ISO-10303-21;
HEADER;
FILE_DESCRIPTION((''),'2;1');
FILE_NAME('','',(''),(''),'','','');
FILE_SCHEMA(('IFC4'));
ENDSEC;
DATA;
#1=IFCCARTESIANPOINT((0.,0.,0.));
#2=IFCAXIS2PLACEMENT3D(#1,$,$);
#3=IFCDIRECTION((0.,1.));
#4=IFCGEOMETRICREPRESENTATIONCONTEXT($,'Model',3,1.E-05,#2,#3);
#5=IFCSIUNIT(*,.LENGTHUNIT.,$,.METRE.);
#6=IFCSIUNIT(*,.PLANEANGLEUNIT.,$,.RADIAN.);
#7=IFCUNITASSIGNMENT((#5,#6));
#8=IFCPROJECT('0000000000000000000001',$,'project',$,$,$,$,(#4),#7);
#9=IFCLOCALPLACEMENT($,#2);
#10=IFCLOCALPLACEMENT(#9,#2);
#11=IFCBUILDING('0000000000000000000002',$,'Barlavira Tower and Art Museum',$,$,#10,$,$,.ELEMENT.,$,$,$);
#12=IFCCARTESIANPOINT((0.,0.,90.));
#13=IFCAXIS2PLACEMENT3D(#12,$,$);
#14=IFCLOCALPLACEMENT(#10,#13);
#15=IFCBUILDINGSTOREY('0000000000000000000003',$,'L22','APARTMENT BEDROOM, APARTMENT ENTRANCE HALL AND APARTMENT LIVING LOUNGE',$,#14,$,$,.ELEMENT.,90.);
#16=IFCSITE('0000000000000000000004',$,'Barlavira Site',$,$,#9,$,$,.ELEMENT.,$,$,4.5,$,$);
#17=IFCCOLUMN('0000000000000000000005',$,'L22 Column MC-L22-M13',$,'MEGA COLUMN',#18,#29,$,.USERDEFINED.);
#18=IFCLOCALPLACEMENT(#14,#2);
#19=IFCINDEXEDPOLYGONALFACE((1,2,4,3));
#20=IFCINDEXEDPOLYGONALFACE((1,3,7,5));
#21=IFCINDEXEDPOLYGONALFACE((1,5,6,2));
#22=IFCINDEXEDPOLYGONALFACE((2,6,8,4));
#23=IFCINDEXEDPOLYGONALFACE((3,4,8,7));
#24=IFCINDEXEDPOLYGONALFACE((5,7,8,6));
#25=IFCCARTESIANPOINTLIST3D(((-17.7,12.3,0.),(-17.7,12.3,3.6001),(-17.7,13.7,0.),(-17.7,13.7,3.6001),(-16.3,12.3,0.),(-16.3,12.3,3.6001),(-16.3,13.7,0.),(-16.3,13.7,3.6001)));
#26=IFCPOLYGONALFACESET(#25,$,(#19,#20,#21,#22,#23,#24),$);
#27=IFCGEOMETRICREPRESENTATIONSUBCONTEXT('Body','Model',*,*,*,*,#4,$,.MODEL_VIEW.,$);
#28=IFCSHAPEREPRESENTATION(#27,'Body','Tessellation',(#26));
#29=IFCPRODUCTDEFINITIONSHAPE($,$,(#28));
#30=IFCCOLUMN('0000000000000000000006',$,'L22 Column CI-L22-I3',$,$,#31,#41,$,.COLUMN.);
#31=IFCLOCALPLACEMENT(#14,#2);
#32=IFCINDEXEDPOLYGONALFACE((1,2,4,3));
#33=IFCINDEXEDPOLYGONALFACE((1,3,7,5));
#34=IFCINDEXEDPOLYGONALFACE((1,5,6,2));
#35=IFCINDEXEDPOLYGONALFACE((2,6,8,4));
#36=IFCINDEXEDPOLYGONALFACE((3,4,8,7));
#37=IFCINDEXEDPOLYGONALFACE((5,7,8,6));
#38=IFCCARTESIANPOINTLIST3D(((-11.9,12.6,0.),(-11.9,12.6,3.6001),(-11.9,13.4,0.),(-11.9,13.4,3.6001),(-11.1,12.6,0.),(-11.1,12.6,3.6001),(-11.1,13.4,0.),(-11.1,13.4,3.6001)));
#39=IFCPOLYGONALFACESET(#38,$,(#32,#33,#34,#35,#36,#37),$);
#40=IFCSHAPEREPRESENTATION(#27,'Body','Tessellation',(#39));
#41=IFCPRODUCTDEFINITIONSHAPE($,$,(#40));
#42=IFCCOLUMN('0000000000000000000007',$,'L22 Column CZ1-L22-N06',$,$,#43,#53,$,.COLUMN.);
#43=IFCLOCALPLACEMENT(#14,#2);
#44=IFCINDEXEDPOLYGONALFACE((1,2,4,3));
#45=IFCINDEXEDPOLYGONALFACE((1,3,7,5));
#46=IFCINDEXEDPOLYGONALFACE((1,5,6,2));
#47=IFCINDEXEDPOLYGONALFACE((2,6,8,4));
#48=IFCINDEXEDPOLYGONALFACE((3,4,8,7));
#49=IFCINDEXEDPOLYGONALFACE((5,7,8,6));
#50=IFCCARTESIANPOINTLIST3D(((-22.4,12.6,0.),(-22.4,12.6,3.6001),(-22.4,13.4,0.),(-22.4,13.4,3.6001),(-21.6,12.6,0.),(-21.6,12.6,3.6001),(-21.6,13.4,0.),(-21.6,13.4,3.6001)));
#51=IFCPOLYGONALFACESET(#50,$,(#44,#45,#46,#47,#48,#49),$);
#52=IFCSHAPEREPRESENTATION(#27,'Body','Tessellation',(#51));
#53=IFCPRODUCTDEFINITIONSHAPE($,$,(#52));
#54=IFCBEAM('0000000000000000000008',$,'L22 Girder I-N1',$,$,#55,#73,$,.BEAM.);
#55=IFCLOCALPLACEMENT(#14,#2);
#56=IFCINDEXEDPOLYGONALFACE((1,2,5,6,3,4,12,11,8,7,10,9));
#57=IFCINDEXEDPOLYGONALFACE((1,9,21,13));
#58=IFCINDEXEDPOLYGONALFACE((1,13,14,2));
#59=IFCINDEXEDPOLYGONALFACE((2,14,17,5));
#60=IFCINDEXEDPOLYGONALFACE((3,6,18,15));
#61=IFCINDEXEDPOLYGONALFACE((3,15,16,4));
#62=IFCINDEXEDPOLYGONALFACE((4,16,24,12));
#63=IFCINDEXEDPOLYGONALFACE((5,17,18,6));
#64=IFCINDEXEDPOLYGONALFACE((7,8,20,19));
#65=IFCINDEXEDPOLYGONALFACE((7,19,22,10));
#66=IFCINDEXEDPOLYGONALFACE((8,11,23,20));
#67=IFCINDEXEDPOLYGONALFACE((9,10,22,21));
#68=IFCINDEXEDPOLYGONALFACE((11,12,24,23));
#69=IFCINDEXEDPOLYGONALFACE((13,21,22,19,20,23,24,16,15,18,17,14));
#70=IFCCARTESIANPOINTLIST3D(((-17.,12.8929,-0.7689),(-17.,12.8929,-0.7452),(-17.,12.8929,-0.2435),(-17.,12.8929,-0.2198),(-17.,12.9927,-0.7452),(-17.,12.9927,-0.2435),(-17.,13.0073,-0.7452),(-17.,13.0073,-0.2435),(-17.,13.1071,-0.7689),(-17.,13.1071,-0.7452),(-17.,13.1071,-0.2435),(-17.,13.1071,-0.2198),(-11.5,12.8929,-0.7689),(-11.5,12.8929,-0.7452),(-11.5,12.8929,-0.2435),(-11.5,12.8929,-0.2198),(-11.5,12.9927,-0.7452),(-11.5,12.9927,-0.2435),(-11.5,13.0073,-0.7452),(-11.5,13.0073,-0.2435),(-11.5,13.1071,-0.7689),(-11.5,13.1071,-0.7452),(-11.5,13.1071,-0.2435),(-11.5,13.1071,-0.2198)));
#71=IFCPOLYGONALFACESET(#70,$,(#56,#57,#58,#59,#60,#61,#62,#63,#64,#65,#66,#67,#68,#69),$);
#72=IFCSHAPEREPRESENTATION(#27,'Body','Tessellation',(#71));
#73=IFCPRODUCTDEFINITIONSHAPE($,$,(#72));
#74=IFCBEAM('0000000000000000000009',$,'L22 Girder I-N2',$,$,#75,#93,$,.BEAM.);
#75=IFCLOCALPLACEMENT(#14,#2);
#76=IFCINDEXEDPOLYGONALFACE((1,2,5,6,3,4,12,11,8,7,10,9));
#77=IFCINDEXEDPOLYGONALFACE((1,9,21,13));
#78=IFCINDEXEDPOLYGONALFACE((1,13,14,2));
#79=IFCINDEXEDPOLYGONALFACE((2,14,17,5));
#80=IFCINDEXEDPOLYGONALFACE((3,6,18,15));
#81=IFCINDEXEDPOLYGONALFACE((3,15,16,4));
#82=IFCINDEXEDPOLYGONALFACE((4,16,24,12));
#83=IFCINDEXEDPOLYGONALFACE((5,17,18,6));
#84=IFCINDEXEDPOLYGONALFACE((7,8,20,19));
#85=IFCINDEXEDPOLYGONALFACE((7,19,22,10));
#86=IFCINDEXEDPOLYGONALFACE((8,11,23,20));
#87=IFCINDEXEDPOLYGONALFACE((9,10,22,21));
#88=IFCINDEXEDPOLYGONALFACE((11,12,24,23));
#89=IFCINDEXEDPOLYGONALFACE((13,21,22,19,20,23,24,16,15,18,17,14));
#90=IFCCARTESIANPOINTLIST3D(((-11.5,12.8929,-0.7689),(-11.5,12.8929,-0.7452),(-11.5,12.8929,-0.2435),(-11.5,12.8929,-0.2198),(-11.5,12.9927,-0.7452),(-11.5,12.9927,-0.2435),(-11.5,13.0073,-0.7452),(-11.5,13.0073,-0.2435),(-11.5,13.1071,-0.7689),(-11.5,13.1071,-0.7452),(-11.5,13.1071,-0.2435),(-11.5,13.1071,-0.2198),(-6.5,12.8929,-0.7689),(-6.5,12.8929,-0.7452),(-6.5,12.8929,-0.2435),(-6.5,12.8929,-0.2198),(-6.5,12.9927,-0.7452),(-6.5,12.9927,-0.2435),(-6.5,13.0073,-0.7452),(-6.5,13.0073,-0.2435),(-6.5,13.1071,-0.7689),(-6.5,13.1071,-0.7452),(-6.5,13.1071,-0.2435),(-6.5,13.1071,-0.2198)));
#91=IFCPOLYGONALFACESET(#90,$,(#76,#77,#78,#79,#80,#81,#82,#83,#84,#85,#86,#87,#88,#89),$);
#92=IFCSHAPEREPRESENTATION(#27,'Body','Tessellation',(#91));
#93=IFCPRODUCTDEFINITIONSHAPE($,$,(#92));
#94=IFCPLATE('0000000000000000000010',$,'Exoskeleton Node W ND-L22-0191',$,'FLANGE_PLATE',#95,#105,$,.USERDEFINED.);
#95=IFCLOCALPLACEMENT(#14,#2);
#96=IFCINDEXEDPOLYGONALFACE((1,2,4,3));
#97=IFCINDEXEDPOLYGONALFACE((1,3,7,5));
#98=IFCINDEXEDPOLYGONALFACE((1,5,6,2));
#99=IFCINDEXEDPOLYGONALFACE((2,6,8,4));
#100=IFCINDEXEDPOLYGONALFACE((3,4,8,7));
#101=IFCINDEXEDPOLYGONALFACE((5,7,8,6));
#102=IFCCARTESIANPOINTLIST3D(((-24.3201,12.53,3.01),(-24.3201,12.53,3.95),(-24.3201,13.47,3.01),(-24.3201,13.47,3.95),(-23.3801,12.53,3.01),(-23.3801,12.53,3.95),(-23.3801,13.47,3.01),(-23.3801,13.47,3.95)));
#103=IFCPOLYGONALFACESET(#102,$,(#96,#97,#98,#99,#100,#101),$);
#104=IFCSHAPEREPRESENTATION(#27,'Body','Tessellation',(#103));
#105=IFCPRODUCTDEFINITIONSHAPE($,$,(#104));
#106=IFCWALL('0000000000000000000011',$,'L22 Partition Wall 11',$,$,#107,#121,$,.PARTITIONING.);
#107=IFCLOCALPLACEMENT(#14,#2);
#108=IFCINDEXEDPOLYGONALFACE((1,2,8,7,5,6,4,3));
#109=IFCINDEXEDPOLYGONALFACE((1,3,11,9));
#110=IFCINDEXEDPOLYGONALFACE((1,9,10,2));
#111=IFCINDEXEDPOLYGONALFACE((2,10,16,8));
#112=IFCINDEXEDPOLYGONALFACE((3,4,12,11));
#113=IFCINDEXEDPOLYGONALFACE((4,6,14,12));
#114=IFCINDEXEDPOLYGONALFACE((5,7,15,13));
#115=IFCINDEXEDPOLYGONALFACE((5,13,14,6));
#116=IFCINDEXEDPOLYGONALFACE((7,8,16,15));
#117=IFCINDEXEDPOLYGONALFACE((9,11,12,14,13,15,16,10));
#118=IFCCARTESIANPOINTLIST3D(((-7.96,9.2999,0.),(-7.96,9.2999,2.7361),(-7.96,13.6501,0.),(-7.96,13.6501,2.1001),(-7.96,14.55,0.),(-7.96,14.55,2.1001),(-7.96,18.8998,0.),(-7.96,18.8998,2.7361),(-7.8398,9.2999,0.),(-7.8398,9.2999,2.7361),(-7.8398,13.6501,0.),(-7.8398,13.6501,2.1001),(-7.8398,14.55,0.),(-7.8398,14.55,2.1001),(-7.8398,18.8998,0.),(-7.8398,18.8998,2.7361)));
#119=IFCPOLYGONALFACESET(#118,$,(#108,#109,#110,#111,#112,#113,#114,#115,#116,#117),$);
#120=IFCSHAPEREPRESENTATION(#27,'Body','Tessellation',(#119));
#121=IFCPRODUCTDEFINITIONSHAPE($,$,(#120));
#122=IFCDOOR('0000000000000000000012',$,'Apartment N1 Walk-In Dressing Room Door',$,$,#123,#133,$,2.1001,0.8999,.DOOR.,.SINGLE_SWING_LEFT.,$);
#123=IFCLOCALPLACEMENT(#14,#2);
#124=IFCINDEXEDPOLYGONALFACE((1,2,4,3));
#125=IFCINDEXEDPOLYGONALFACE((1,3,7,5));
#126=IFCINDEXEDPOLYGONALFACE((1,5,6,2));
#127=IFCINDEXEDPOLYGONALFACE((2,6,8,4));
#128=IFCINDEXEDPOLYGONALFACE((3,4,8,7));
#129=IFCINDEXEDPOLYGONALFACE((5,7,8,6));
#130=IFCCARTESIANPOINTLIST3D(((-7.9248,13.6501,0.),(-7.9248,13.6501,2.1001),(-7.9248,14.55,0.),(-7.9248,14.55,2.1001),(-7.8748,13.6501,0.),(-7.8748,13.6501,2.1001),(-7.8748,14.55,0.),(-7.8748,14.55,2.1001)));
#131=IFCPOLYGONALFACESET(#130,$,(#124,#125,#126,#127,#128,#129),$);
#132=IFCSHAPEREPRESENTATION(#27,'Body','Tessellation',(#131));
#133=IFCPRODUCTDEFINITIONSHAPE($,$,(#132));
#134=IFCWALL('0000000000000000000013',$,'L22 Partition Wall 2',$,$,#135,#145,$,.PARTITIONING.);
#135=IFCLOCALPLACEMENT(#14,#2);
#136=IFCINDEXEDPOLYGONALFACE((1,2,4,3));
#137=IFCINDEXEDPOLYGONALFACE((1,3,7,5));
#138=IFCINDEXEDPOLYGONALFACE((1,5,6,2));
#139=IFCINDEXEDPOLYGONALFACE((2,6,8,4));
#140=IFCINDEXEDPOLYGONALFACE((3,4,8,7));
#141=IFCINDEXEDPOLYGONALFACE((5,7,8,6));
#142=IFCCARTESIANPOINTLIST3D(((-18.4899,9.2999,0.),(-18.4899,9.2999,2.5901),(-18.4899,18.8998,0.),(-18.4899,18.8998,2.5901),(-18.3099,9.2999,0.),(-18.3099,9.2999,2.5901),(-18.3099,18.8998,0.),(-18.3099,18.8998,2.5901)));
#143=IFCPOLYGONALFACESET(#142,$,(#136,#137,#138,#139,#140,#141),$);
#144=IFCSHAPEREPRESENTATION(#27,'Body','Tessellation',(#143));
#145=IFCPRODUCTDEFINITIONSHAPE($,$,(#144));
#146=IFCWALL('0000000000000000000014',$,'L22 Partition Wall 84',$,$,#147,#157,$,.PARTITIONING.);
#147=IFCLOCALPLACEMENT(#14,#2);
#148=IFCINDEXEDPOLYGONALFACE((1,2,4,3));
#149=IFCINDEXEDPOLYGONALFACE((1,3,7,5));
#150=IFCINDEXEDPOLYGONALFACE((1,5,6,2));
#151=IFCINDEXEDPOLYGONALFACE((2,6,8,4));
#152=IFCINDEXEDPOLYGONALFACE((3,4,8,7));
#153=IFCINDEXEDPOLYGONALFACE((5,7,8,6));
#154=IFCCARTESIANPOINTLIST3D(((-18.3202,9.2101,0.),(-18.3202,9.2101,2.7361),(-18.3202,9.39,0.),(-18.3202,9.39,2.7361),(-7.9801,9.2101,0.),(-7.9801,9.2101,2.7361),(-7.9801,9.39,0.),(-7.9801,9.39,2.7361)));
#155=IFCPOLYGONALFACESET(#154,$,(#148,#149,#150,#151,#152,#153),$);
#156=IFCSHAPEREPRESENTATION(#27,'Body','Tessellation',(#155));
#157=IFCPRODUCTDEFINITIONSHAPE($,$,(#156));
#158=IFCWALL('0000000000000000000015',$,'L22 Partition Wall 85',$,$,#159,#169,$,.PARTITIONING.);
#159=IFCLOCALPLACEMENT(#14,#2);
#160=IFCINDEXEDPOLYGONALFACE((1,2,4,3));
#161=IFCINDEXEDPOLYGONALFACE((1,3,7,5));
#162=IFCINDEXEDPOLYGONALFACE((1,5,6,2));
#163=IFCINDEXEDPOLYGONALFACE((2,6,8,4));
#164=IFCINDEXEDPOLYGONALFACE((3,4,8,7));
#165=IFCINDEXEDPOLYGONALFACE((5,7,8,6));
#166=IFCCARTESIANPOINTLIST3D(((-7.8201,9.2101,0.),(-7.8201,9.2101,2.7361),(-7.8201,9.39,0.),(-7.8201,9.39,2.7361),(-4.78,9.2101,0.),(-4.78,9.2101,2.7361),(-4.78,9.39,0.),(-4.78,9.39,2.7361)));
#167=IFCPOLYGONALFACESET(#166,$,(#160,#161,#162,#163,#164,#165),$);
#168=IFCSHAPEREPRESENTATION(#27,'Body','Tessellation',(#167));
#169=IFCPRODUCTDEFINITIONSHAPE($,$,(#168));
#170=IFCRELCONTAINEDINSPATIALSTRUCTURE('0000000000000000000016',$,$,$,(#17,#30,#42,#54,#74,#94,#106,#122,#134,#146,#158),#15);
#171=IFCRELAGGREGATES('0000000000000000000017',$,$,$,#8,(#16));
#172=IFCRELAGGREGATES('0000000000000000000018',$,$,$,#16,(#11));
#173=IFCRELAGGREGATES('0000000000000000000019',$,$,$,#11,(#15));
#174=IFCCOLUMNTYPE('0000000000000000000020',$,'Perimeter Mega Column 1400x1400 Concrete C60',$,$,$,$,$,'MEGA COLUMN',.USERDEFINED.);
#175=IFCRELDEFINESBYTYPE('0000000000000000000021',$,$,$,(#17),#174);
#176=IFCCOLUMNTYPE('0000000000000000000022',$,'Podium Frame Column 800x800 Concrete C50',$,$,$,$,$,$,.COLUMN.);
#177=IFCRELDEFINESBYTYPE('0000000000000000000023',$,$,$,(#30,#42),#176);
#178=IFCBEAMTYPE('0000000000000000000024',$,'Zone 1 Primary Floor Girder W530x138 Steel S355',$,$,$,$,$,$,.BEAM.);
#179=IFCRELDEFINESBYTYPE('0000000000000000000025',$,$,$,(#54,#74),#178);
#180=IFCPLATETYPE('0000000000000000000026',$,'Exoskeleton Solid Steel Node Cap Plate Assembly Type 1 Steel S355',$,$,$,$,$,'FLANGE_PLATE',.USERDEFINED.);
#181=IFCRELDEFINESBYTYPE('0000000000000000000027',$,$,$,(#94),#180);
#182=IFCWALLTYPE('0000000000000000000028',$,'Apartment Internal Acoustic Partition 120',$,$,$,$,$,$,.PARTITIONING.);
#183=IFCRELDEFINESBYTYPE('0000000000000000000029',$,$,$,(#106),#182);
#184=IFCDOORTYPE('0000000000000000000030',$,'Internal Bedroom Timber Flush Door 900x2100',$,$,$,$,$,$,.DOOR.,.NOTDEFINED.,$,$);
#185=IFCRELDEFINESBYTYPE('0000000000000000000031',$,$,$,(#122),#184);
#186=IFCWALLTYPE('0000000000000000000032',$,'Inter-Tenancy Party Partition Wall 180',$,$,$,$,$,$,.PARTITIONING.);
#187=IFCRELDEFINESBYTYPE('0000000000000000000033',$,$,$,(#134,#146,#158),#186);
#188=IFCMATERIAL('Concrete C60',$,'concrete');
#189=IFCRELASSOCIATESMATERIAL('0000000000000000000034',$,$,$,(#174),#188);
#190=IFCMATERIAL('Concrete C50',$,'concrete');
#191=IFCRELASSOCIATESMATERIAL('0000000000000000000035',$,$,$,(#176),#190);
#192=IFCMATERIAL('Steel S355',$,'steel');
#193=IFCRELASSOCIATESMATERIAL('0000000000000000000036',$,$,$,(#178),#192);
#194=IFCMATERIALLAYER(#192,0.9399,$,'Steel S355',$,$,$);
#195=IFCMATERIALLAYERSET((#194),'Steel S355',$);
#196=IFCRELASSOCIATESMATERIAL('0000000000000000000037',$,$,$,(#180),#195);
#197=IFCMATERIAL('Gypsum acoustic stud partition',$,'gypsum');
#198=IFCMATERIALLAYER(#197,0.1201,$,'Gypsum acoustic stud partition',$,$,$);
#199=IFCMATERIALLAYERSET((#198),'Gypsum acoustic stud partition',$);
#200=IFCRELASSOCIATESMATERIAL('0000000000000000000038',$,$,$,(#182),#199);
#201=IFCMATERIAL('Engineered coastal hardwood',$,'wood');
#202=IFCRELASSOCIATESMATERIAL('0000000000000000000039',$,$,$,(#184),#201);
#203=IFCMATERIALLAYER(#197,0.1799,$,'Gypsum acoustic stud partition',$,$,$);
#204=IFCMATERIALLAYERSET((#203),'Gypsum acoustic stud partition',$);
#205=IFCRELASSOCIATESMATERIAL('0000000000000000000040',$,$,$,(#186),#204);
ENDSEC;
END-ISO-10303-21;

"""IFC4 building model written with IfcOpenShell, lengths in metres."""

from ifc_helpers import new_model, si_unit, direction, frame, frame_2d, origin, origin_2d, place, context, subcontext, project, spatial, rectangle, i_section, extrude, material, layer, layer_set, material_profile, profile_set, type_object, element, fill, save


model = new_model("IFC4")

# Units and contexts
model_context = context("Model", 3, precision=1e-05, world=origin(), true_north=direction((0.0, 1.0)))
body_context = subcontext(model_context, "Body", "Model", "MODEL_VIEW")
ifc_project = project(units=[si_unit("LENGTHUNIT", "METRE"), si_unit("PLANEANGLEUNIT", "RADIAN")], contexts=[model_context])

# Site, building, storey
site_placement = place(None, origin())
site = spatial("IfcSite", under=ifc_project, at=site_placement, Name="Barlavira Site", CompositionType="ELEMENT", RefElevation=4.5)
building_placement = place(site_placement, origin())
building = spatial("IfcBuilding", under=site, at=building_placement, Name="Barlavira Tower and Art Museum", CompositionType="ELEMENT")
storey_placement = place(building_placement, frame((0.0, 0.0, 90.0)))
storey = spatial("IfcBuildingStorey", under=building, at=storey_placement, Name="L22", Description="APARTMENT BEDROOM, APARTMENT ENTRANCE HALL AND APARTMENT LIVING LOUNGE", CompositionType="ELEMENT", Elevation=90.0)

# Columns
ifc_material_1 = material(Name="Concrete C60", Category="concrete")
ifc_material_profile_1 = material_profile(ifc_material_1, rectangle(XDim=1.3999, YDim=1.3999, at=origin_2d()), Name="RC-MCOL 1400x1400")
ifc_profile_set_1 = profile_set([ifc_material_profile_1], Name="Concrete C60")
column_type_1 = type_object("IfcColumnType", Name="Perimeter Mega Column 1400x1400 Concrete C60", ElementType="MEGA COLUMN", PredefinedType="USERDEFINED", material=ifc_profile_set_1)
column_placement = place(storey_placement, frame((-17.0, 13.0, 0.0), z_axis=(0.0, 0.0, 1.0), x_axis=(1.0, 0.0, 0.0)))
element("IfcColumn", 1, at=column_placement, inside=storey, type_object=column_type_1, Name="L22 Column MC-L22-M13", ObjectType="MEGA COLUMN", PredefinedType="USERDEFINED", context=body_context, shape_type="SweptSolid", body=[
    extrude(rectangle(XDim=1.3999, YDim=1.3999, at=origin_2d()), origin(), (0.0, 0.0, 1.0), 3.6001),
])
ifc_material_2 = material(Name="Concrete C50", Category="concrete")
ifc_material_profile_2 = material_profile(ifc_material_2, rectangle(XDim=0.8, YDim=0.8, at=origin_2d()), Name="RC-COL 800x800")
ifc_profile_set_2 = profile_set([ifc_material_profile_2], Name="Concrete C50")
column_type_2 = type_object("IfcColumnType", Name="Podium Frame Column 800x800 Concrete C50", PredefinedType="COLUMN", material=ifc_profile_set_2)
for number, where, z_axis, x_axis, name in (
    (2, (-11.5, 13.0, 0.0), (0.0, 0.0, 1.0), (1.0, 0.0, 0.0), "L22 Column CI-L22-I3"),
    (3, (-22.0, 13.0, 0.0), (0.0, 0.0, 1.0), (1.0, 0.0, 0.0), "L22 Column CZ1-L22-N06"),
):
    element("IfcColumn", number, at=place(storey_placement, frame(where, z_axis=z_axis, x_axis=x_axis)), inside=storey, type_object=column_type_2, Name=name, PredefinedType="COLUMN", context=body_context, shape_type="SweptSolid", body=[
        extrude(rectangle(XDim=0.8, YDim=0.8, at=origin_2d()), origin(), (0.0, 0.0, 1.0), 3.6001),
    ])

# Beams
ifc_material_3 = material(Name="Steel S355", Category="steel")
ifc_material_profile_3 = material_profile(ifc_material_3, i_section(OverallWidth=0.2141, OverallDepth=0.5491, WebThickness=0.0146, FlangeThickness=0.0237, at=origin_2d()), Name="W530x138.0")
ifc_profile_set_3 = profile_set([ifc_material_profile_3], Name="Steel S355")
beam_type = type_object("IfcBeamType", Name="Zone 1 Primary Floor Girder W530x138 Steel S355", PredefinedType="BEAM", material=ifc_profile_set_3)
beam_1_placement = place(storey_placement, frame((-17.0, 13.0, -0.4944), z_axis=(1.0, 0.0, 0.0), x_axis=(0.0, 1.0, 0.0)))
element("IfcBeam", 4, at=beam_1_placement, inside=storey, type_object=beam_type, Name="L22 Girder I-N1", PredefinedType="BEAM", context=body_context, shape_type="SweptSolid", body=[
    extrude(i_section(OverallWidth=0.2141, OverallDepth=0.5491, WebThickness=0.0146, FlangeThickness=0.0237, at=origin_2d()), origin(), (0.0, 0.0, 1.0), 5.5),
])
beam_2_placement = place(storey_placement, frame((-11.5, 13.0, -0.4944), z_axis=(1.0, 0.0, 0.0), x_axis=(0.0, 1.0, 0.0)))
element("IfcBeam", 5, at=beam_2_placement, inside=storey, type_object=beam_type, Name="L22 Girder I-N2", PredefinedType="BEAM", context=body_context, shape_type="SweptSolid", body=[
    extrude(i_section(OverallWidth=0.2141, OverallDepth=0.5491, WebThickness=0.0146, FlangeThickness=0.0237, at=origin_2d()), origin(), (0.0, 0.0, 1.0), 5.0),
])

# Plate
ifc_layer_1 = layer(ifc_material_3, 0.9399, Name="Steel S355")
ifc_layer_set_1 = layer_set([ifc_layer_1], Name="Steel S355")
plate_type = type_object("IfcPlateType", Name="Exoskeleton Solid Steel Node Cap Plate Assembly Type 1 Steel S355", ElementType="FLANGE_PLATE", PredefinedType="USERDEFINED", material=ifc_layer_set_1)
plate_placement = place(storey_placement, frame((-23.8501, 13.0, 3.01), z_axis=(0.0, 0.0, 1.0), x_axis=(1.0, 0.0, 0.0)))
element("IfcPlate", 6, at=plate_placement, inside=storey, type_object=plate_type, Name="Exoskeleton Node W ND-L22-0191", ObjectType="FLANGE_PLATE", PredefinedType="USERDEFINED", context=body_context, shape_type="SweptSolid", body=[
    extrude(rectangle(XDim=0.9399, YDim=0.9399, at=origin_2d()), origin(), (0.0, 0.0, 1.0), 0.9399),
])

# Wall, opening, door
ifc_material_4 = material(Name="Gypsum acoustic stud partition", Category="gypsum")
ifc_layer_2 = layer(ifc_material_4, 0.1201, Name="Gypsum acoustic stud partition")
ifc_layer_set_2 = layer_set([ifc_layer_2], Name="Gypsum acoustic stud partition")
wall_type_1 = type_object("IfcWallType", Name="Apartment Internal Acoustic Partition 120", PredefinedType="PARTITIONING", material=ifc_layer_set_2)
wall_1_placement = place(storey_placement, frame((-7.8999, 9.3, 0.0), z_axis=(0.0, 0.0, 1.0), x_axis=(0.0, 1.0, 0.0)))
wall_1 = element("IfcWall", 7, at=wall_1_placement, inside=storey, type_object=wall_type_1, Name="L22 Partition Wall 11", PredefinedType="PARTITIONING", context=body_context, shape_type="SweptSolid", body=[
    extrude(rectangle(XDim=9.5999, YDim=0.1201, at=frame_2d((4.7998, 0.0))), origin(), (0.0, 0.0, 1.0), 2.7361),
])
opening_1_placement = place(wall_1_placement, frame((4.3501, 0.0, 0.0)))
opening_1 = element("IfcOpeningElement", 8, at=opening_1_placement, cuts=wall_1, PredefinedType="OPENING", context=body_context, shape_type="SweptSolid", body=[
    extrude(rectangle(XDim=0.8999, YDim=2.1001, at=frame_2d((0.45, 1.05))), frame((0.0, 0.0701, 0.0), z_axis=(0.0, -1.0, 0.0), x_axis=(1.0, 0.0, 0.0)), (0.0, 0.0, 1.0), 0.1401),
])
ifc_material_5 = material(Name="Engineered coastal hardwood", Category="wood")
door_type = type_object("IfcDoorType", Name="Internal Bedroom Timber Flush Door 900x2100", OperationType="NOTDEFINED", PredefinedType="DOOR", material=ifc_material_5)
door_placement = place(opening_1_placement, origin())
door = element("IfcDoor", 9, at=door_placement, inside=storey, type_object=door_type, Name="Apartment N1 Walk-In Dressing Room Door", OperationType="SINGLE_SWING_LEFT", OverallHeight=2.1001, OverallWidth=0.8999, PredefinedType="DOOR", context=body_context, shape_type="SweptSolid", body=[
    extrude(rectangle(XDim=0.8999, YDim=2.1001, at=frame_2d((0.45, 1.05))), frame((0.0, 0.0249, 0.0), z_axis=(0.0, -1.0, 0.0), x_axis=(1.0, 0.0, 0.0)), (0.0, 0.0, 1.0), 0.05),
])
fill(opening_1, door)

# Walls
ifc_layer_3 = layer(ifc_material_4, 0.1799, Name="Gypsum acoustic stud partition")
ifc_layer_set_3 = layer_set([ifc_layer_3], Name="Gypsum acoustic stud partition")
wall_type_2 = type_object("IfcWallType", Name="Inter-Tenancy Party Partition Wall 180", PredefinedType="PARTITIONING", material=ifc_layer_set_3)
wall_2_placement = place(storey_placement, frame((-18.3999, 9.3, 0.0), z_axis=(0.0, 0.0, 1.0), x_axis=(0.0, 1.0, 0.0)))
element("IfcWall", 10, at=wall_2_placement, inside=storey, type_object=wall_type_2, Name="L22 Partition Wall 2", PredefinedType="PARTITIONING", context=body_context, shape_type="SweptSolid", body=[
    extrude(rectangle(XDim=9.5999, YDim=0.1799, at=frame_2d((4.7998, 0.0))), origin(), (0.0, 0.0, 1.0), 2.5901),
])
wall_3_placement = place(storey_placement, frame((-18.3201, 9.3, 0.0), z_axis=(0.0, 0.0, 1.0), x_axis=(1.0, 0.0, 0.0)))
element("IfcWall", 11, at=wall_3_placement, inside=storey, type_object=wall_type_2, Name="L22 Partition Wall 84", PredefinedType="PARTITIONING", context=body_context, shape_type="SweptSolid", body=[
    extrude(rectangle(XDim=10.3401, YDim=0.1799, at=frame_2d((5.1699, 0.0))), origin(), (0.0, 0.0, 1.0), 2.7361),
])
wall_4_placement = place(storey_placement, frame((-7.8201, 9.3, 0.0), z_axis=(0.0, 0.0, 1.0), x_axis=(1.0, 0.0, 0.0)))
element("IfcWall", 12, at=wall_4_placement, inside=storey, type_object=wall_type_2, Name="L22 Partition Wall 85", PredefinedType="PARTITIONING", context=body_context, shape_type="SweptSolid", body=[
    extrude(rectangle(XDim=3.04, YDim=0.1799, at=frame_2d((1.52, 0.0))), origin(), (0.0, 0.0, 1.0), 2.7361),
])

save(model, "model.ifc")
